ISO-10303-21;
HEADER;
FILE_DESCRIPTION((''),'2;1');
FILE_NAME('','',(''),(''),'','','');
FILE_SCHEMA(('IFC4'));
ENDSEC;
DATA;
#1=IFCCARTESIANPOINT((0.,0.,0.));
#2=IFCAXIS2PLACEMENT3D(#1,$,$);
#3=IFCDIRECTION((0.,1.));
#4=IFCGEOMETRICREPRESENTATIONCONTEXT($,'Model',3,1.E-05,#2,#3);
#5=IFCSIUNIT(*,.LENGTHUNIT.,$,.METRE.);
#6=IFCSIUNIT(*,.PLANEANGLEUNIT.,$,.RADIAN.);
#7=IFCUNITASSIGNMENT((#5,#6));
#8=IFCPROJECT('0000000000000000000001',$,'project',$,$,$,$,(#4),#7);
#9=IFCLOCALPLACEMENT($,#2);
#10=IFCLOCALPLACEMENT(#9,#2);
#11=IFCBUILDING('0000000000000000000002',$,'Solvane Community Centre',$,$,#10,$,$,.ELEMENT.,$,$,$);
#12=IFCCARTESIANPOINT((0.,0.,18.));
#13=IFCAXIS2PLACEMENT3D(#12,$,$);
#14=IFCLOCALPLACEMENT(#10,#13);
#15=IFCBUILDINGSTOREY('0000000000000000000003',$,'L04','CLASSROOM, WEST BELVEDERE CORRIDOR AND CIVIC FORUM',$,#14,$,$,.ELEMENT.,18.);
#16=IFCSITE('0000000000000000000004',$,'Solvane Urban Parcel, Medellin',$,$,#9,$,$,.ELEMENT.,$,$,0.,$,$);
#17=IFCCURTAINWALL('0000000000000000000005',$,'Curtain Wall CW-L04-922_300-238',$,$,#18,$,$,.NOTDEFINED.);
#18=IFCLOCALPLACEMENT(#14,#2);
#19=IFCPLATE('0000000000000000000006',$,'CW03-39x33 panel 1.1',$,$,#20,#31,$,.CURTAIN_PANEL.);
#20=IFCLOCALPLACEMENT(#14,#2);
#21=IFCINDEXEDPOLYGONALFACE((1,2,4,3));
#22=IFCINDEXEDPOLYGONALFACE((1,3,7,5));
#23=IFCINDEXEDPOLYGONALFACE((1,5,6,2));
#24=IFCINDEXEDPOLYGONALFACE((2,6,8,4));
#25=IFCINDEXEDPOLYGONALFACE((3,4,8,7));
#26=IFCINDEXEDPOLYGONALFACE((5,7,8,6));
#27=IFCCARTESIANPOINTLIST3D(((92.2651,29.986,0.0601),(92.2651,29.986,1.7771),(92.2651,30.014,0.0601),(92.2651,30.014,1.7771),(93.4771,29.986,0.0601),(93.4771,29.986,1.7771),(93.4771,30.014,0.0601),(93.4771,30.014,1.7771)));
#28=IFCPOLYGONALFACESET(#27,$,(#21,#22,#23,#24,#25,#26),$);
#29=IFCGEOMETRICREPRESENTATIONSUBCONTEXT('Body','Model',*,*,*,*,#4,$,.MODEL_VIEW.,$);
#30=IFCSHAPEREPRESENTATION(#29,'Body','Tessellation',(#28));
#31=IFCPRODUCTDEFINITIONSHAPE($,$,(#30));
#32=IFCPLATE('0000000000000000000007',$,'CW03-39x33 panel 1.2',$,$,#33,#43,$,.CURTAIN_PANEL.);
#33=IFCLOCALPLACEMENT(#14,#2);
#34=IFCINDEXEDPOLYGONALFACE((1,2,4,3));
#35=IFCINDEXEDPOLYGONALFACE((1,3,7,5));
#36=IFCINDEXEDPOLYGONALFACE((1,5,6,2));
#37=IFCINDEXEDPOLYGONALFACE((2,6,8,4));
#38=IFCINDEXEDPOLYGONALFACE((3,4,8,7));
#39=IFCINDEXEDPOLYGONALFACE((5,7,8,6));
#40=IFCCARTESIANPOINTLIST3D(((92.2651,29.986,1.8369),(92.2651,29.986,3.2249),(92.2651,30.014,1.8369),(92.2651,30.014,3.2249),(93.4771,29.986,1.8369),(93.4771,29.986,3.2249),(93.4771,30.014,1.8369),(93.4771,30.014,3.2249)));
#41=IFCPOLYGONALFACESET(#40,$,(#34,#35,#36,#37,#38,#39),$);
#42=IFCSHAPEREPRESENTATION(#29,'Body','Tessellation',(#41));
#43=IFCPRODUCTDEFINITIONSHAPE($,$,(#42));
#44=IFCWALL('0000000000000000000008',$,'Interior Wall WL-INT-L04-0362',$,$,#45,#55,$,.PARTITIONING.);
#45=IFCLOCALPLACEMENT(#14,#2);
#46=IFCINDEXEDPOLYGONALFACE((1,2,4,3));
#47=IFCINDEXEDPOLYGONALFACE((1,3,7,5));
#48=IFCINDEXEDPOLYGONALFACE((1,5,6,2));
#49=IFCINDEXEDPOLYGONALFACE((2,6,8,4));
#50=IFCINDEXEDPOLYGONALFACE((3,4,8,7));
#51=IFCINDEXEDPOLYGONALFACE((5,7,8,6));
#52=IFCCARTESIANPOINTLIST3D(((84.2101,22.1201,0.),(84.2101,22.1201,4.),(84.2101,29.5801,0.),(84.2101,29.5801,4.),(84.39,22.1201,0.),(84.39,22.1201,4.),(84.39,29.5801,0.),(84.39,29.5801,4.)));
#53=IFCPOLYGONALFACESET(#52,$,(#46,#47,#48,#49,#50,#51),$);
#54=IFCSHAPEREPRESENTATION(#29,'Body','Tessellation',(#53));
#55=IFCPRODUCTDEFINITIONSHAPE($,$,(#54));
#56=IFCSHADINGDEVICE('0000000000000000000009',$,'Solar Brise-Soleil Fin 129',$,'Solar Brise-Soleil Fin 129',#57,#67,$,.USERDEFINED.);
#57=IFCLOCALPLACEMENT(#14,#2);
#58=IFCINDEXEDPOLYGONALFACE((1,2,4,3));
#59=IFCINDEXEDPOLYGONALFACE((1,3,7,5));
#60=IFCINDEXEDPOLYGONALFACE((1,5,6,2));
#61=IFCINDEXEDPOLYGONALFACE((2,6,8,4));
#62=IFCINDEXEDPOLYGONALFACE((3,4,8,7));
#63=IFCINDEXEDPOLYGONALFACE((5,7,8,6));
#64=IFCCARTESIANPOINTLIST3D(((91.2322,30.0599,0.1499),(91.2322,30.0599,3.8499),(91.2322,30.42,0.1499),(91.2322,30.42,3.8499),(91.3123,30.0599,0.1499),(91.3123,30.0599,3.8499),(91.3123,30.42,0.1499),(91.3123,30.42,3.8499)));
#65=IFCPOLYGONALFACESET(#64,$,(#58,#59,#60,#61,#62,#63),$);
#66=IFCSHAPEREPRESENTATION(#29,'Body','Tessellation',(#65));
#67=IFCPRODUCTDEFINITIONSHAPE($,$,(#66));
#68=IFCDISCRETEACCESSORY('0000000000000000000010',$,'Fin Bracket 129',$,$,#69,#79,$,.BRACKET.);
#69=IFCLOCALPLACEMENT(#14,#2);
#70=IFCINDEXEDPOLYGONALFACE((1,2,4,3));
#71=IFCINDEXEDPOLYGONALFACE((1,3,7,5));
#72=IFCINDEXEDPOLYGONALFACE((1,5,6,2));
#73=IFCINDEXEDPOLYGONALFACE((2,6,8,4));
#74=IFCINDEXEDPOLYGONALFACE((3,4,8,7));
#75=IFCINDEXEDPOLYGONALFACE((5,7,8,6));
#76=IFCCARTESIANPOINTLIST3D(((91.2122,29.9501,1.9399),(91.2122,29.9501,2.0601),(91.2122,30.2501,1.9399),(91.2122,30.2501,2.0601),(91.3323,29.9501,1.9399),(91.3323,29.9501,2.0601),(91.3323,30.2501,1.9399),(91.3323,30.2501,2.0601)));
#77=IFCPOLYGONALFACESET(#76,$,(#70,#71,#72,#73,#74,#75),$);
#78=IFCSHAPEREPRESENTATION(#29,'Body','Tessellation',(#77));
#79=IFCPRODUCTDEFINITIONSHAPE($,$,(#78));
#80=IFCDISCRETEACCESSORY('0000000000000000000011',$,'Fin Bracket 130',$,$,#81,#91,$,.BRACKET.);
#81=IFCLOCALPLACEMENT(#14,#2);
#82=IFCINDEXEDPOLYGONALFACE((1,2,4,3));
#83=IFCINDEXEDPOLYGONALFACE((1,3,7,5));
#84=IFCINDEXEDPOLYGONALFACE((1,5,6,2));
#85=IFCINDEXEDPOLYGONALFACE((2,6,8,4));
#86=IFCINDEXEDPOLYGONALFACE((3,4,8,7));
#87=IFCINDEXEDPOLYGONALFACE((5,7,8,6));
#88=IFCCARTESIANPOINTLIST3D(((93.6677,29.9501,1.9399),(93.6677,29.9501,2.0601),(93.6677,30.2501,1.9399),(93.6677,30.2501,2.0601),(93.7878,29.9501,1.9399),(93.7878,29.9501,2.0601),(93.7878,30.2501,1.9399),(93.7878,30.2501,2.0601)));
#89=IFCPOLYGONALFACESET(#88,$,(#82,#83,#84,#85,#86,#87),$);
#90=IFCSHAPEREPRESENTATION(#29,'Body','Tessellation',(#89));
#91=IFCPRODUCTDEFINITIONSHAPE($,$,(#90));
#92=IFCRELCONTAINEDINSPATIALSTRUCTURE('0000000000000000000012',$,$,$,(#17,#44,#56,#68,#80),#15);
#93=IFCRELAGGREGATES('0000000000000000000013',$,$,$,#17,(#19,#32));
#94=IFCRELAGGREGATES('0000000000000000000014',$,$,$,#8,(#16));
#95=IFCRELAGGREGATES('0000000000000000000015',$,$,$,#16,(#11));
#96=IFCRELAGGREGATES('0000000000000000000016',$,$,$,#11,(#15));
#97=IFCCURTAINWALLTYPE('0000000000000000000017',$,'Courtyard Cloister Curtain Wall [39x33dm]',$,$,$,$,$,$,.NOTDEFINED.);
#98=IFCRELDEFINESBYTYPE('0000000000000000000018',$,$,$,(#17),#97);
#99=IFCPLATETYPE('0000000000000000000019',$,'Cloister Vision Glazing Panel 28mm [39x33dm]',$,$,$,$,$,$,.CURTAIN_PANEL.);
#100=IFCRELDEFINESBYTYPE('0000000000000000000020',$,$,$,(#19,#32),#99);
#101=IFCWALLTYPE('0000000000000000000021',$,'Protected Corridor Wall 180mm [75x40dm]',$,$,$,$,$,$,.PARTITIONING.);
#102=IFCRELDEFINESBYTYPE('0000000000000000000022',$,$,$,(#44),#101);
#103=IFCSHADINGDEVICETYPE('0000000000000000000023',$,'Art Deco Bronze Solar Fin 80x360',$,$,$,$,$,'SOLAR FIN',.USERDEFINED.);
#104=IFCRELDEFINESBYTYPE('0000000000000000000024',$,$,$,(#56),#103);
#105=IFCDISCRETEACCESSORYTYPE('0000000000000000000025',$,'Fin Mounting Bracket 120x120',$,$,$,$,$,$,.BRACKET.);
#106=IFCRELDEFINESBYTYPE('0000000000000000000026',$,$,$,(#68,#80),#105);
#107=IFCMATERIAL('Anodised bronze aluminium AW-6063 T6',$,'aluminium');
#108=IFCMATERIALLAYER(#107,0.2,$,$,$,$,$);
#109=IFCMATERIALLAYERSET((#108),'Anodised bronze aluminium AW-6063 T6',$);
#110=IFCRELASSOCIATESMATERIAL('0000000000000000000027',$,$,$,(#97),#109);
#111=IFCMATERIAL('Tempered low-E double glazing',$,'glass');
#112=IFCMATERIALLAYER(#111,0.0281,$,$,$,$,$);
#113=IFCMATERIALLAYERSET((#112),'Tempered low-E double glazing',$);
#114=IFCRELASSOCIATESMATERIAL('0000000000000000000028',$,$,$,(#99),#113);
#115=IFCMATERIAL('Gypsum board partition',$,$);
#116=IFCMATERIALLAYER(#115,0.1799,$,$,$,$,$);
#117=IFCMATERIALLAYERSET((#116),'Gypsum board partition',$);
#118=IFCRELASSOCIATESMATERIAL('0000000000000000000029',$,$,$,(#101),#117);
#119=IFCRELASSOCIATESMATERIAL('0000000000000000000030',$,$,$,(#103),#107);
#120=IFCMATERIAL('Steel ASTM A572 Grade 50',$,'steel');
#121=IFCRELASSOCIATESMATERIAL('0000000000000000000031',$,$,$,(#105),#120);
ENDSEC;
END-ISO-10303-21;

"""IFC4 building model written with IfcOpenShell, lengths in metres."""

from ifc_helpers import new_model, si_unit, direction, frame, frame_2d, origin, origin_2d, place, context, subcontext, project, spatial, rectangle, extrude, material, layer, layer_set, type_object, element, aggregate, save


model = new_model("IFC4")

# Units and contexts
model_context = context("Model", 3, precision=1e-05, world=origin(), true_north=direction((0.0, 1.0)))
body_context = subcontext(model_context, "Body", "Model", "MODEL_VIEW")
ifc_project = project(units=[si_unit("LENGTHUNIT", "METRE"), si_unit("PLANEANGLEUNIT", "RADIAN")], contexts=[model_context])

# Site, building, storey
site_placement = place(None, origin())
site = spatial("IfcSite", under=ifc_project, at=site_placement, Name="Solvane Urban Parcel, Medellin", CompositionType="ELEMENT", RefElevation=0.0)
building_placement = place(site_placement, origin())
building = spatial("IfcBuilding", under=site, at=building_placement, Name="Solvane Community Centre", CompositionType="ELEMENT")
storey_placement = place(building_placement, frame((0.0, 0.0, 18.0)))
storey = spatial("IfcBuildingStorey", under=building, at=storey_placement, Name="L04", Description="CLASSROOM, WEST BELVEDERE CORRIDOR AND CIVIC FORUM", CompositionType="ELEMENT", Elevation=18.0)

# Curtain wall
ifc_material_1 = material(Name="Anodised bronze aluminium AW-6063 T6", Category="aluminium")
ifc_layer_1 = layer(ifc_material_1, 0.2)
ifc_layer_set_1 = layer_set([ifc_layer_1], Name="Anodised bronze aluminium AW-6063 T6")
curtain_wall_type_1 = type_object("IfcCurtainWallType", Name="Courtyard Cloister Curtain Wall [39x33dm]", PredefinedType="NOTDEFINED", material=ifc_layer_set_1)
curtain_wall_1_placement = place(storey_placement, origin())
curtain_wall_1 = element("IfcCurtainWall", 1, at=curtain_wall_1_placement, inside=storey, type_object=curtain_wall_type_1, Name="Curtain Wall CW-L04-922_300-238", PredefinedType="NOTDEFINED")

# Plates
ifc_material_2 = material(Name="Tempered low-E double glazing", Category="glass")
ifc_layer_2 = layer(ifc_material_2, 0.0281)
ifc_layer_set_2 = layer_set([ifc_layer_2], Name="Tempered low-E double glazing")
plate_type_1 = type_object("IfcPlateType", Name="Cloister Vision Glazing Panel 28mm [39x33dm]", PredefinedType="CURTAIN_PANEL", material=ifc_layer_set_2)
plate_1_placement = place(storey_placement, frame((92.8711, 30.0, 0.0601), z_axis=(0.0, 0.0, 1.0), x_axis=(1.0, 0.0, 0.0)))
plate_1 = element("IfcPlate", 2, at=plate_1_placement, type_object=plate_type_1, Name="CW03-39x33 panel 1.1", PredefinedType="CURTAIN_PANEL", context=body_context, shape_type="SweptSolid", body=[
    extrude(rectangle(XDim=1.2119, YDim=0.0281, at=origin_2d()), origin(), (0.0, 0.0, 1.0), 1.717),
])
plate_2_placement = place(storey_placement, frame((92.8711, 30.0, 1.8369), z_axis=(0.0, 0.0, 1.0), x_axis=(1.0, 0.0, 0.0)))
plate_2 = element("IfcPlate", 3, at=plate_2_placement, type_object=plate_type_1, Name="CW03-39x33 panel 1.2", PredefinedType="CURTAIN_PANEL", context=body_context, shape_type="SweptSolid", body=[
    extrude(rectangle(XDim=1.2119, YDim=0.0281, at=origin_2d()), origin(), (0.0, 0.0, 1.0), 1.3879),
])
aggregate(curtain_wall_1, [plate_1, plate_2])

# Wall
ifc_material_3 = material(Name="Gypsum board partition")
ifc_layer_3 = layer(ifc_material_3, 0.1799)
ifc_layer_set_3 = layer_set([ifc_layer_3], Name="Gypsum board partition")
wall_type = type_object("IfcWallType", Name="Protected Corridor Wall 180mm [75x40dm]", PredefinedType="PARTITIONING", material=ifc_layer_set_3)
wall_placement = place(storey_placement, frame((84.3, 29.5801, 0.0), z_axis=(0.0, 0.0, 1.0), x_axis=(0.0, -1.0, 0.0)))
element("IfcWall", 4, at=wall_placement, inside=storey, type_object=wall_type, Name="Interior Wall WL-INT-L04-0362", PredefinedType="PARTITIONING", context=body_context, shape_type="SweptSolid", body=[
    extrude(rectangle(XDim=7.46, YDim=0.1799, at=frame_2d((3.73, 0.0))), origin(), (0.0, 0.0, 1.0), 4.0),
])

# Shading device
shading_device_type = type_object("IfcShadingDeviceType", Name="Art Deco Bronze Solar Fin 80x360", ElementType="SOLAR FIN", PredefinedType="USERDEFINED", material=ifc_material_1)
shading_device_placement = place(storey_placement, frame((91.2722, 30.24, 0.1499), z_axis=(0.0, 0.0, 1.0), x_axis=(1.0, 0.0, 0.0)))
element("IfcShadingDevice", 5, at=shading_device_placement, inside=storey, type_object=shading_device_type, Name="Solar Brise-Soleil Fin 129", ObjectType="Solar Brise-Soleil Fin 129", PredefinedType="USERDEFINED", context=body_context, shape_type="SweptSolid", body=[
    extrude(rectangle(XDim=0.0801, YDim=0.3601, at=origin_2d()), origin(), (0.0, 0.0, 1.0), 3.7),
])

# Discrete accessories
ifc_material_4 = material(Name="Steel ASTM A572 Grade 50", Category="steel")
discrete_accessory_type = type_object("IfcDiscreteAccessoryType", Name="Fin Mounting Bracket 120x120", PredefinedType="BRACKET", material=ifc_material_4)
for number, where, z_axis, x_axis, name in (
    (6, (91.2722, 30.1001, 1.9399), (0.0, 0.0, 1.0), (1.0, 0.0, 0.0), "Fin Bracket 129"),
    (7, (93.7278, 30.1001, 1.9399), (0.0, 0.0, 1.0), (1.0, 0.0, 0.0), "Fin Bracket 130"),
):
    element("IfcDiscreteAccessory", number, at=place(storey_placement, frame(where, z_axis=z_axis, x_axis=x_axis)), inside=storey, type_object=discrete_accessory_type, Name=name, PredefinedType="BRACKET", context=body_context, shape_type="SweptSolid", body=[
        extrude(rectangle(XDim=0.1201, YDim=0.3, at=origin_2d()), origin(), (0.0, 0.0, 1.0), 0.1201),
    ])

save(model, "model.ifc")
